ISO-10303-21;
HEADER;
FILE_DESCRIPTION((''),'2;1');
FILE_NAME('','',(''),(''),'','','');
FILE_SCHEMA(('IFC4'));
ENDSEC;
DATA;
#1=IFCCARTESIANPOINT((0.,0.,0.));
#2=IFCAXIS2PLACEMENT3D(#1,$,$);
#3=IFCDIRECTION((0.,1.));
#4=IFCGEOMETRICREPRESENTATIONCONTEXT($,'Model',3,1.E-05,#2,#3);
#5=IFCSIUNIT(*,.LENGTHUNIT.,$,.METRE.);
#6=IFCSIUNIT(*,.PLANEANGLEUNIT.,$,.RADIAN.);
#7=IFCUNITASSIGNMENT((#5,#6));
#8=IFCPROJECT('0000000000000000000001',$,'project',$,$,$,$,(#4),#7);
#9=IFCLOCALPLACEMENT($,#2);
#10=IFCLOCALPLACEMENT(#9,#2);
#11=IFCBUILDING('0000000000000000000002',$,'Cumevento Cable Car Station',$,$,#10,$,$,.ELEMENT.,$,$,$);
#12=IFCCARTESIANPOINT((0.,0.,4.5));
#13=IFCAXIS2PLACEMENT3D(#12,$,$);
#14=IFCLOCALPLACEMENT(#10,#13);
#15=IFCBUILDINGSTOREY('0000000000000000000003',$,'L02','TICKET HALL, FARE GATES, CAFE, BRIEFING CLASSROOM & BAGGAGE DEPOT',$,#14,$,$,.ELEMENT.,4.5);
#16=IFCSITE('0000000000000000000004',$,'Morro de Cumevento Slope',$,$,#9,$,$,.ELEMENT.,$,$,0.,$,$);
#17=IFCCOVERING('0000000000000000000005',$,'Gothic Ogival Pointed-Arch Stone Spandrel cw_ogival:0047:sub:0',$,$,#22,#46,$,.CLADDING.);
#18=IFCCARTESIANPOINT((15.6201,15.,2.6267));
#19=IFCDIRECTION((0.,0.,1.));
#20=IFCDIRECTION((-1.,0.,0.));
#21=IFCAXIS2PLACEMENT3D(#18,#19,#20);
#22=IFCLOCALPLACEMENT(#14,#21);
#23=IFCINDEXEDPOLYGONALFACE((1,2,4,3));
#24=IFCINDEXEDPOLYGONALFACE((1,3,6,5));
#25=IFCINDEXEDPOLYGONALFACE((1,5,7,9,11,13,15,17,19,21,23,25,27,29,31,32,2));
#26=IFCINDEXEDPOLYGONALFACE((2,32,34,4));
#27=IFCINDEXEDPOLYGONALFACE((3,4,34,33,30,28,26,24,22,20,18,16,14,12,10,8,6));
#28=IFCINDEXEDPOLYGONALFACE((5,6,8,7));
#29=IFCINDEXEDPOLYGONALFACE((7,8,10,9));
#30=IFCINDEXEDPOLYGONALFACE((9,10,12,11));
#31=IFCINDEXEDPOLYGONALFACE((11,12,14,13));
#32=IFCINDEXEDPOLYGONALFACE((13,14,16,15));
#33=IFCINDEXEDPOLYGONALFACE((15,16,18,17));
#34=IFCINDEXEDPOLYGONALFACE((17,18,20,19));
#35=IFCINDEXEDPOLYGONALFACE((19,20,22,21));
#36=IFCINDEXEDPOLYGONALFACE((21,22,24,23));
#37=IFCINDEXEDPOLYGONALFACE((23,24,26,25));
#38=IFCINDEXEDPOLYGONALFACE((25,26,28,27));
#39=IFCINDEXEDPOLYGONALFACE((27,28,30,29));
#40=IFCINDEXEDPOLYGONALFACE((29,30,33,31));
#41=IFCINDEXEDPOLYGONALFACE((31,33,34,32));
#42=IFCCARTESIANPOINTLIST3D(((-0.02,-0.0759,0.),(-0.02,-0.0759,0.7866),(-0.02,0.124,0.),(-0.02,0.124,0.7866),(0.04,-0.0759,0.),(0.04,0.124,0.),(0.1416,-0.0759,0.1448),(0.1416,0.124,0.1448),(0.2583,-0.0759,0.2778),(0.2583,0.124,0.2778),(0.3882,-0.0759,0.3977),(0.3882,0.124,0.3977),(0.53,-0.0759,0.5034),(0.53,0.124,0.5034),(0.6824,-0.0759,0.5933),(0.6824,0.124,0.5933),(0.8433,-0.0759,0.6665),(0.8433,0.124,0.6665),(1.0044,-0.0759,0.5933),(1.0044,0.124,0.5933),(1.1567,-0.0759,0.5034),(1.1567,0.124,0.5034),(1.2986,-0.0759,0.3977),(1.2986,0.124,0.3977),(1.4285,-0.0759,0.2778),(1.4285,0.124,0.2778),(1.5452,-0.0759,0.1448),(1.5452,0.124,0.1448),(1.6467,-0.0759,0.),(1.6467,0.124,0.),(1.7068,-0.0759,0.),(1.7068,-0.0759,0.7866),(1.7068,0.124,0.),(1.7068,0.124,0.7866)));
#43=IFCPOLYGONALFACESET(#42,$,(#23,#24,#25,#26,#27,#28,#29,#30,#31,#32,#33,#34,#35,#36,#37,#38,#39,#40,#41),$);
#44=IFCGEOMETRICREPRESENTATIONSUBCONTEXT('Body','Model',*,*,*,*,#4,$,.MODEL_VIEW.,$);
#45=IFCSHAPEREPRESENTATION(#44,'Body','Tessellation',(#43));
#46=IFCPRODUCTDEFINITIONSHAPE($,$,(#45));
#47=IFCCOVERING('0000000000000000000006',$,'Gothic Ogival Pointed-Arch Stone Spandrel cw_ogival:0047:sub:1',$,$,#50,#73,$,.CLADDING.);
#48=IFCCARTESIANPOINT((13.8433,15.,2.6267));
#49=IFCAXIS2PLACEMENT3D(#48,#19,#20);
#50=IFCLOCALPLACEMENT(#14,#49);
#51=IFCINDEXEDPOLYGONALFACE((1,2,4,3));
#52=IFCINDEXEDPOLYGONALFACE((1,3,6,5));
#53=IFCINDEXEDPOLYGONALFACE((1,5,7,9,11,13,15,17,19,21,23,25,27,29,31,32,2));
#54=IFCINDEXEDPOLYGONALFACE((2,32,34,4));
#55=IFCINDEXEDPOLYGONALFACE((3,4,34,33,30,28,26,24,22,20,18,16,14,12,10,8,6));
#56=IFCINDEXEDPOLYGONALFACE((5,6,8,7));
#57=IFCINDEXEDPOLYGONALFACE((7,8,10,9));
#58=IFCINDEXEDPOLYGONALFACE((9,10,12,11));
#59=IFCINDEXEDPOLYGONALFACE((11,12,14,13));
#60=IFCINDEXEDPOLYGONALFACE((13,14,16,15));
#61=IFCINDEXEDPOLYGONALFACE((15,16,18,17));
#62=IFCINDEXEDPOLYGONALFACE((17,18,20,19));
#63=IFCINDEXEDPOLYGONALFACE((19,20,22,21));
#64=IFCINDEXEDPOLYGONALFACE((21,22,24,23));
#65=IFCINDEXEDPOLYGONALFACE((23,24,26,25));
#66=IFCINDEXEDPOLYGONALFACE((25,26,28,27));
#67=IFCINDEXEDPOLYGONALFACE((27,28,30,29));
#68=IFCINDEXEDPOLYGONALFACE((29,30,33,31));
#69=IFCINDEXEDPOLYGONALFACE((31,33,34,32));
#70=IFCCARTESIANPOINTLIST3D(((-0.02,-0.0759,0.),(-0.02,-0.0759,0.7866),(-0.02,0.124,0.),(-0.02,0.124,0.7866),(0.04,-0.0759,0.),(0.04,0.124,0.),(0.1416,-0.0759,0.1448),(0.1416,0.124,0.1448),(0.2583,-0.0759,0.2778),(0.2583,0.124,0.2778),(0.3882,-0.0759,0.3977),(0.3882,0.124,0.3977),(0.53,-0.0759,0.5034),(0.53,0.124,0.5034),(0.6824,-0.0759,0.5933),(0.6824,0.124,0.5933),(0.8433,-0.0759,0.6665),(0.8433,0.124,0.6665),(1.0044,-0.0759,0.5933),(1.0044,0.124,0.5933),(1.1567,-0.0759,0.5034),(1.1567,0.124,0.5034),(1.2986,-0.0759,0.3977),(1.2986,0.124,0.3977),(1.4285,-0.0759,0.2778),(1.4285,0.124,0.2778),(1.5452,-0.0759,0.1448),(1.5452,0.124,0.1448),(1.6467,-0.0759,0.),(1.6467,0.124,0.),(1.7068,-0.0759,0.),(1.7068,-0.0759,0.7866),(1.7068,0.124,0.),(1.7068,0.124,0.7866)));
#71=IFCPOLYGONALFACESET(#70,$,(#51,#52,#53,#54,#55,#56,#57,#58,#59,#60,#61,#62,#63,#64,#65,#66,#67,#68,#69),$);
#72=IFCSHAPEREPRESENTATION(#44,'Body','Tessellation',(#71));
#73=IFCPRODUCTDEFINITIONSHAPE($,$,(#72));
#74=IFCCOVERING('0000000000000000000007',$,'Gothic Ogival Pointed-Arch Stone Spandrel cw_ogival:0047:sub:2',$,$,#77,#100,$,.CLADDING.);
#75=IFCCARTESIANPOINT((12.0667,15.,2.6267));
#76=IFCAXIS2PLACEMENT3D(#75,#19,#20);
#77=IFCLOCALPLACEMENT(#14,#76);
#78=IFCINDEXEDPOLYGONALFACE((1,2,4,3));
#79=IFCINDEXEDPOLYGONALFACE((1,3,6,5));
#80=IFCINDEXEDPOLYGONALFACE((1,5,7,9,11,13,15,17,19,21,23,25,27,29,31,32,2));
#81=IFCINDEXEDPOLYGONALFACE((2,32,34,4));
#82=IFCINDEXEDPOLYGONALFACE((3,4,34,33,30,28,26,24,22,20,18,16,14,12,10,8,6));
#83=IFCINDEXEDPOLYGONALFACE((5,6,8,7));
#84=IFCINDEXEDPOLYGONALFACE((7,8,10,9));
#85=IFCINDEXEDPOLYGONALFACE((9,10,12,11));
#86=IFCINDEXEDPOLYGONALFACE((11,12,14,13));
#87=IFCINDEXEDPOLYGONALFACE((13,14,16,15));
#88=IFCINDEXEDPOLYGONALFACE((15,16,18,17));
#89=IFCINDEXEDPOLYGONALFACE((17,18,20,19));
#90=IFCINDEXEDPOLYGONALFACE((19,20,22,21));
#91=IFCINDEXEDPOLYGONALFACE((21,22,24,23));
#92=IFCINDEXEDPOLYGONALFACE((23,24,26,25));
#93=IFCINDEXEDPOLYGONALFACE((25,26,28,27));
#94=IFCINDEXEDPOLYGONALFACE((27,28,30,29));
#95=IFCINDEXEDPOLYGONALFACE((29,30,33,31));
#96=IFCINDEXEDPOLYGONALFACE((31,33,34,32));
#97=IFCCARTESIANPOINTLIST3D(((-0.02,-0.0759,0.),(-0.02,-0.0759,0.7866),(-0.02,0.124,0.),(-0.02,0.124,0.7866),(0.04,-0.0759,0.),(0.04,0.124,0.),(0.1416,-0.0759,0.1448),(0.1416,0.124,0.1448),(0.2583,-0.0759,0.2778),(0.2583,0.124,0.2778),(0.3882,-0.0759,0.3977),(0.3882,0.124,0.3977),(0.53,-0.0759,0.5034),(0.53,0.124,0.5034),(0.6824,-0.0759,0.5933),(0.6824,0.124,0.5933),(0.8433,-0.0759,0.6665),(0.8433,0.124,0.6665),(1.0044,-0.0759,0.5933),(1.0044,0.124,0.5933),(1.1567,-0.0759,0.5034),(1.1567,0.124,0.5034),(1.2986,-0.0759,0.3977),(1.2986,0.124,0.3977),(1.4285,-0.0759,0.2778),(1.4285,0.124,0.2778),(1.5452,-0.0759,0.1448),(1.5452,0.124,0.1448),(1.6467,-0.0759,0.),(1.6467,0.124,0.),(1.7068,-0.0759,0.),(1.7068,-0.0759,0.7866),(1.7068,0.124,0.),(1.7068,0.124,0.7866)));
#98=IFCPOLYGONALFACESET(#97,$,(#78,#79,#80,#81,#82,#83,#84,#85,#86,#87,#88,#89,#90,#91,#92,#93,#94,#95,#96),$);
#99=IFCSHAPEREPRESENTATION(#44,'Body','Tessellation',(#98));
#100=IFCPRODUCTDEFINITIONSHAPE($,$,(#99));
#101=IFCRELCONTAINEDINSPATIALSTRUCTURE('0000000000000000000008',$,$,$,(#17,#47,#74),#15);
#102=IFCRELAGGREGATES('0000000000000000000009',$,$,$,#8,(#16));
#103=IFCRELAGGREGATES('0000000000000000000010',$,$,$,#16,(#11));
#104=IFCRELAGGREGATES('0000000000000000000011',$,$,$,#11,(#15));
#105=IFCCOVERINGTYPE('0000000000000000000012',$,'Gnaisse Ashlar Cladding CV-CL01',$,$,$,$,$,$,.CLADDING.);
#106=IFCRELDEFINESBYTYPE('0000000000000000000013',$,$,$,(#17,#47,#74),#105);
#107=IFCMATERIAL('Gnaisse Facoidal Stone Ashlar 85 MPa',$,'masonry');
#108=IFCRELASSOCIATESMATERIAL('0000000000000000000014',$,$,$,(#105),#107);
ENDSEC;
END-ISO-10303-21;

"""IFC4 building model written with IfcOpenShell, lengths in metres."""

from ifc_helpers import new_model, si_unit, direction, frame, origin, place, context, subcontext, project, spatial, polyline, outline, extrude, material, type_object, element, save


model = new_model("IFC4")

# Units and contexts
model_context = context("Model", 3, precision=1e-05, world=origin(), true_north=direction((0.0, 1.0)))
body_context = subcontext(model_context, "Body", "Model", "MODEL_VIEW")
ifc_project = project(units=[si_unit("LENGTHUNIT", "METRE"), si_unit("PLANEANGLEUNIT", "RADIAN")], contexts=[model_context])

# Site, building, storey
site_placement = place(None, origin())
site = spatial("IfcSite", under=ifc_project, at=site_placement, Name="Morro de Cumevento Slope", CompositionType="ELEMENT", RefElevation=0.0)
building_placement = place(site_placement, origin())
building = spatial("IfcBuilding", under=site, at=building_placement, Name="Cumevento Cable Car Station", CompositionType="ELEMENT")
storey_placement = place(building_placement, frame((0.0, 0.0, 4.5)))
storey = spatial("IfcBuildingStorey", under=building, at=storey_placement, Name="L02", Description="TICKET HALL, FARE GATES, CAFE, BRIEFING CLASSROOM & BAGGAGE DEPOT", CompositionType="ELEMENT", Elevation=4.5)

# Coverings
ifc_material_1 = material(Name="Gnaisse Facoidal Stone Ashlar 85 MPa", Category="masonry")
covering_type = type_object("IfcCoveringType", Name="Gnaisse Ashlar Cladding CV-CL01", PredefinedType="CLADDING", material=ifc_material_1)
for number, where, z_axis, x_axis, name in (
    (1, (15.6201, 15.0, 2.6267), (0.0, 0.0, 1.0), (-1.0, 0.0, 0.0), "Gothic Ogival Pointed-Arch Stone Spandrel cw_ogival:0047:sub:0"),
    (2, (13.8433, 15.0, 2.6267), (0.0, 0.0, 1.0), (-1.0, 0.0, 0.0), "Gothic Ogival Pointed-Arch Stone Spandrel cw_ogival:0047:sub:1"),
    (3, (12.0667, 15.0, 2.6267), (0.0, 0.0, 1.0), (-1.0, 0.0, 0.0), "Gothic Ogival Pointed-Arch Stone Spandrel cw_ogival:0047:sub:2"),
):
    element("IfcCovering", number, at=place(storey_placement, frame(where, z_axis=z_axis, x_axis=x_axis)), inside=storey, type_object=covering_type, Name=name, PredefinedType="CLADDING", context=body_context, shape_type="SweptSolid", body=[
        extrude(outline(polyline([(-0.02, 0.0), (-0.02, 0.7866), (1.7068, 0.7866), (1.7068, 0.0), (1.6467, 0.0), (1.5452, 0.1448), (1.4285, 0.2778), (1.2986, 0.3977), (1.1567, 0.5034), (1.0044, 0.5933), (0.8433, 0.6665), (0.6824, 0.5933), (0.53, 0.5034), (0.3882, 0.3977), (0.2583, 0.2778), (0.1416, 0.1448), (0.04, 0.0), (-0.02, 0.0)])), frame((0.0, 0.124, 0.0), z_axis=(0.0, -1.0, 0.0), x_axis=(1.0, 0.0, 0.0)), (0.0, 0.0, 1.0), 0.2),
    ])

save(model, "model.ifc")
